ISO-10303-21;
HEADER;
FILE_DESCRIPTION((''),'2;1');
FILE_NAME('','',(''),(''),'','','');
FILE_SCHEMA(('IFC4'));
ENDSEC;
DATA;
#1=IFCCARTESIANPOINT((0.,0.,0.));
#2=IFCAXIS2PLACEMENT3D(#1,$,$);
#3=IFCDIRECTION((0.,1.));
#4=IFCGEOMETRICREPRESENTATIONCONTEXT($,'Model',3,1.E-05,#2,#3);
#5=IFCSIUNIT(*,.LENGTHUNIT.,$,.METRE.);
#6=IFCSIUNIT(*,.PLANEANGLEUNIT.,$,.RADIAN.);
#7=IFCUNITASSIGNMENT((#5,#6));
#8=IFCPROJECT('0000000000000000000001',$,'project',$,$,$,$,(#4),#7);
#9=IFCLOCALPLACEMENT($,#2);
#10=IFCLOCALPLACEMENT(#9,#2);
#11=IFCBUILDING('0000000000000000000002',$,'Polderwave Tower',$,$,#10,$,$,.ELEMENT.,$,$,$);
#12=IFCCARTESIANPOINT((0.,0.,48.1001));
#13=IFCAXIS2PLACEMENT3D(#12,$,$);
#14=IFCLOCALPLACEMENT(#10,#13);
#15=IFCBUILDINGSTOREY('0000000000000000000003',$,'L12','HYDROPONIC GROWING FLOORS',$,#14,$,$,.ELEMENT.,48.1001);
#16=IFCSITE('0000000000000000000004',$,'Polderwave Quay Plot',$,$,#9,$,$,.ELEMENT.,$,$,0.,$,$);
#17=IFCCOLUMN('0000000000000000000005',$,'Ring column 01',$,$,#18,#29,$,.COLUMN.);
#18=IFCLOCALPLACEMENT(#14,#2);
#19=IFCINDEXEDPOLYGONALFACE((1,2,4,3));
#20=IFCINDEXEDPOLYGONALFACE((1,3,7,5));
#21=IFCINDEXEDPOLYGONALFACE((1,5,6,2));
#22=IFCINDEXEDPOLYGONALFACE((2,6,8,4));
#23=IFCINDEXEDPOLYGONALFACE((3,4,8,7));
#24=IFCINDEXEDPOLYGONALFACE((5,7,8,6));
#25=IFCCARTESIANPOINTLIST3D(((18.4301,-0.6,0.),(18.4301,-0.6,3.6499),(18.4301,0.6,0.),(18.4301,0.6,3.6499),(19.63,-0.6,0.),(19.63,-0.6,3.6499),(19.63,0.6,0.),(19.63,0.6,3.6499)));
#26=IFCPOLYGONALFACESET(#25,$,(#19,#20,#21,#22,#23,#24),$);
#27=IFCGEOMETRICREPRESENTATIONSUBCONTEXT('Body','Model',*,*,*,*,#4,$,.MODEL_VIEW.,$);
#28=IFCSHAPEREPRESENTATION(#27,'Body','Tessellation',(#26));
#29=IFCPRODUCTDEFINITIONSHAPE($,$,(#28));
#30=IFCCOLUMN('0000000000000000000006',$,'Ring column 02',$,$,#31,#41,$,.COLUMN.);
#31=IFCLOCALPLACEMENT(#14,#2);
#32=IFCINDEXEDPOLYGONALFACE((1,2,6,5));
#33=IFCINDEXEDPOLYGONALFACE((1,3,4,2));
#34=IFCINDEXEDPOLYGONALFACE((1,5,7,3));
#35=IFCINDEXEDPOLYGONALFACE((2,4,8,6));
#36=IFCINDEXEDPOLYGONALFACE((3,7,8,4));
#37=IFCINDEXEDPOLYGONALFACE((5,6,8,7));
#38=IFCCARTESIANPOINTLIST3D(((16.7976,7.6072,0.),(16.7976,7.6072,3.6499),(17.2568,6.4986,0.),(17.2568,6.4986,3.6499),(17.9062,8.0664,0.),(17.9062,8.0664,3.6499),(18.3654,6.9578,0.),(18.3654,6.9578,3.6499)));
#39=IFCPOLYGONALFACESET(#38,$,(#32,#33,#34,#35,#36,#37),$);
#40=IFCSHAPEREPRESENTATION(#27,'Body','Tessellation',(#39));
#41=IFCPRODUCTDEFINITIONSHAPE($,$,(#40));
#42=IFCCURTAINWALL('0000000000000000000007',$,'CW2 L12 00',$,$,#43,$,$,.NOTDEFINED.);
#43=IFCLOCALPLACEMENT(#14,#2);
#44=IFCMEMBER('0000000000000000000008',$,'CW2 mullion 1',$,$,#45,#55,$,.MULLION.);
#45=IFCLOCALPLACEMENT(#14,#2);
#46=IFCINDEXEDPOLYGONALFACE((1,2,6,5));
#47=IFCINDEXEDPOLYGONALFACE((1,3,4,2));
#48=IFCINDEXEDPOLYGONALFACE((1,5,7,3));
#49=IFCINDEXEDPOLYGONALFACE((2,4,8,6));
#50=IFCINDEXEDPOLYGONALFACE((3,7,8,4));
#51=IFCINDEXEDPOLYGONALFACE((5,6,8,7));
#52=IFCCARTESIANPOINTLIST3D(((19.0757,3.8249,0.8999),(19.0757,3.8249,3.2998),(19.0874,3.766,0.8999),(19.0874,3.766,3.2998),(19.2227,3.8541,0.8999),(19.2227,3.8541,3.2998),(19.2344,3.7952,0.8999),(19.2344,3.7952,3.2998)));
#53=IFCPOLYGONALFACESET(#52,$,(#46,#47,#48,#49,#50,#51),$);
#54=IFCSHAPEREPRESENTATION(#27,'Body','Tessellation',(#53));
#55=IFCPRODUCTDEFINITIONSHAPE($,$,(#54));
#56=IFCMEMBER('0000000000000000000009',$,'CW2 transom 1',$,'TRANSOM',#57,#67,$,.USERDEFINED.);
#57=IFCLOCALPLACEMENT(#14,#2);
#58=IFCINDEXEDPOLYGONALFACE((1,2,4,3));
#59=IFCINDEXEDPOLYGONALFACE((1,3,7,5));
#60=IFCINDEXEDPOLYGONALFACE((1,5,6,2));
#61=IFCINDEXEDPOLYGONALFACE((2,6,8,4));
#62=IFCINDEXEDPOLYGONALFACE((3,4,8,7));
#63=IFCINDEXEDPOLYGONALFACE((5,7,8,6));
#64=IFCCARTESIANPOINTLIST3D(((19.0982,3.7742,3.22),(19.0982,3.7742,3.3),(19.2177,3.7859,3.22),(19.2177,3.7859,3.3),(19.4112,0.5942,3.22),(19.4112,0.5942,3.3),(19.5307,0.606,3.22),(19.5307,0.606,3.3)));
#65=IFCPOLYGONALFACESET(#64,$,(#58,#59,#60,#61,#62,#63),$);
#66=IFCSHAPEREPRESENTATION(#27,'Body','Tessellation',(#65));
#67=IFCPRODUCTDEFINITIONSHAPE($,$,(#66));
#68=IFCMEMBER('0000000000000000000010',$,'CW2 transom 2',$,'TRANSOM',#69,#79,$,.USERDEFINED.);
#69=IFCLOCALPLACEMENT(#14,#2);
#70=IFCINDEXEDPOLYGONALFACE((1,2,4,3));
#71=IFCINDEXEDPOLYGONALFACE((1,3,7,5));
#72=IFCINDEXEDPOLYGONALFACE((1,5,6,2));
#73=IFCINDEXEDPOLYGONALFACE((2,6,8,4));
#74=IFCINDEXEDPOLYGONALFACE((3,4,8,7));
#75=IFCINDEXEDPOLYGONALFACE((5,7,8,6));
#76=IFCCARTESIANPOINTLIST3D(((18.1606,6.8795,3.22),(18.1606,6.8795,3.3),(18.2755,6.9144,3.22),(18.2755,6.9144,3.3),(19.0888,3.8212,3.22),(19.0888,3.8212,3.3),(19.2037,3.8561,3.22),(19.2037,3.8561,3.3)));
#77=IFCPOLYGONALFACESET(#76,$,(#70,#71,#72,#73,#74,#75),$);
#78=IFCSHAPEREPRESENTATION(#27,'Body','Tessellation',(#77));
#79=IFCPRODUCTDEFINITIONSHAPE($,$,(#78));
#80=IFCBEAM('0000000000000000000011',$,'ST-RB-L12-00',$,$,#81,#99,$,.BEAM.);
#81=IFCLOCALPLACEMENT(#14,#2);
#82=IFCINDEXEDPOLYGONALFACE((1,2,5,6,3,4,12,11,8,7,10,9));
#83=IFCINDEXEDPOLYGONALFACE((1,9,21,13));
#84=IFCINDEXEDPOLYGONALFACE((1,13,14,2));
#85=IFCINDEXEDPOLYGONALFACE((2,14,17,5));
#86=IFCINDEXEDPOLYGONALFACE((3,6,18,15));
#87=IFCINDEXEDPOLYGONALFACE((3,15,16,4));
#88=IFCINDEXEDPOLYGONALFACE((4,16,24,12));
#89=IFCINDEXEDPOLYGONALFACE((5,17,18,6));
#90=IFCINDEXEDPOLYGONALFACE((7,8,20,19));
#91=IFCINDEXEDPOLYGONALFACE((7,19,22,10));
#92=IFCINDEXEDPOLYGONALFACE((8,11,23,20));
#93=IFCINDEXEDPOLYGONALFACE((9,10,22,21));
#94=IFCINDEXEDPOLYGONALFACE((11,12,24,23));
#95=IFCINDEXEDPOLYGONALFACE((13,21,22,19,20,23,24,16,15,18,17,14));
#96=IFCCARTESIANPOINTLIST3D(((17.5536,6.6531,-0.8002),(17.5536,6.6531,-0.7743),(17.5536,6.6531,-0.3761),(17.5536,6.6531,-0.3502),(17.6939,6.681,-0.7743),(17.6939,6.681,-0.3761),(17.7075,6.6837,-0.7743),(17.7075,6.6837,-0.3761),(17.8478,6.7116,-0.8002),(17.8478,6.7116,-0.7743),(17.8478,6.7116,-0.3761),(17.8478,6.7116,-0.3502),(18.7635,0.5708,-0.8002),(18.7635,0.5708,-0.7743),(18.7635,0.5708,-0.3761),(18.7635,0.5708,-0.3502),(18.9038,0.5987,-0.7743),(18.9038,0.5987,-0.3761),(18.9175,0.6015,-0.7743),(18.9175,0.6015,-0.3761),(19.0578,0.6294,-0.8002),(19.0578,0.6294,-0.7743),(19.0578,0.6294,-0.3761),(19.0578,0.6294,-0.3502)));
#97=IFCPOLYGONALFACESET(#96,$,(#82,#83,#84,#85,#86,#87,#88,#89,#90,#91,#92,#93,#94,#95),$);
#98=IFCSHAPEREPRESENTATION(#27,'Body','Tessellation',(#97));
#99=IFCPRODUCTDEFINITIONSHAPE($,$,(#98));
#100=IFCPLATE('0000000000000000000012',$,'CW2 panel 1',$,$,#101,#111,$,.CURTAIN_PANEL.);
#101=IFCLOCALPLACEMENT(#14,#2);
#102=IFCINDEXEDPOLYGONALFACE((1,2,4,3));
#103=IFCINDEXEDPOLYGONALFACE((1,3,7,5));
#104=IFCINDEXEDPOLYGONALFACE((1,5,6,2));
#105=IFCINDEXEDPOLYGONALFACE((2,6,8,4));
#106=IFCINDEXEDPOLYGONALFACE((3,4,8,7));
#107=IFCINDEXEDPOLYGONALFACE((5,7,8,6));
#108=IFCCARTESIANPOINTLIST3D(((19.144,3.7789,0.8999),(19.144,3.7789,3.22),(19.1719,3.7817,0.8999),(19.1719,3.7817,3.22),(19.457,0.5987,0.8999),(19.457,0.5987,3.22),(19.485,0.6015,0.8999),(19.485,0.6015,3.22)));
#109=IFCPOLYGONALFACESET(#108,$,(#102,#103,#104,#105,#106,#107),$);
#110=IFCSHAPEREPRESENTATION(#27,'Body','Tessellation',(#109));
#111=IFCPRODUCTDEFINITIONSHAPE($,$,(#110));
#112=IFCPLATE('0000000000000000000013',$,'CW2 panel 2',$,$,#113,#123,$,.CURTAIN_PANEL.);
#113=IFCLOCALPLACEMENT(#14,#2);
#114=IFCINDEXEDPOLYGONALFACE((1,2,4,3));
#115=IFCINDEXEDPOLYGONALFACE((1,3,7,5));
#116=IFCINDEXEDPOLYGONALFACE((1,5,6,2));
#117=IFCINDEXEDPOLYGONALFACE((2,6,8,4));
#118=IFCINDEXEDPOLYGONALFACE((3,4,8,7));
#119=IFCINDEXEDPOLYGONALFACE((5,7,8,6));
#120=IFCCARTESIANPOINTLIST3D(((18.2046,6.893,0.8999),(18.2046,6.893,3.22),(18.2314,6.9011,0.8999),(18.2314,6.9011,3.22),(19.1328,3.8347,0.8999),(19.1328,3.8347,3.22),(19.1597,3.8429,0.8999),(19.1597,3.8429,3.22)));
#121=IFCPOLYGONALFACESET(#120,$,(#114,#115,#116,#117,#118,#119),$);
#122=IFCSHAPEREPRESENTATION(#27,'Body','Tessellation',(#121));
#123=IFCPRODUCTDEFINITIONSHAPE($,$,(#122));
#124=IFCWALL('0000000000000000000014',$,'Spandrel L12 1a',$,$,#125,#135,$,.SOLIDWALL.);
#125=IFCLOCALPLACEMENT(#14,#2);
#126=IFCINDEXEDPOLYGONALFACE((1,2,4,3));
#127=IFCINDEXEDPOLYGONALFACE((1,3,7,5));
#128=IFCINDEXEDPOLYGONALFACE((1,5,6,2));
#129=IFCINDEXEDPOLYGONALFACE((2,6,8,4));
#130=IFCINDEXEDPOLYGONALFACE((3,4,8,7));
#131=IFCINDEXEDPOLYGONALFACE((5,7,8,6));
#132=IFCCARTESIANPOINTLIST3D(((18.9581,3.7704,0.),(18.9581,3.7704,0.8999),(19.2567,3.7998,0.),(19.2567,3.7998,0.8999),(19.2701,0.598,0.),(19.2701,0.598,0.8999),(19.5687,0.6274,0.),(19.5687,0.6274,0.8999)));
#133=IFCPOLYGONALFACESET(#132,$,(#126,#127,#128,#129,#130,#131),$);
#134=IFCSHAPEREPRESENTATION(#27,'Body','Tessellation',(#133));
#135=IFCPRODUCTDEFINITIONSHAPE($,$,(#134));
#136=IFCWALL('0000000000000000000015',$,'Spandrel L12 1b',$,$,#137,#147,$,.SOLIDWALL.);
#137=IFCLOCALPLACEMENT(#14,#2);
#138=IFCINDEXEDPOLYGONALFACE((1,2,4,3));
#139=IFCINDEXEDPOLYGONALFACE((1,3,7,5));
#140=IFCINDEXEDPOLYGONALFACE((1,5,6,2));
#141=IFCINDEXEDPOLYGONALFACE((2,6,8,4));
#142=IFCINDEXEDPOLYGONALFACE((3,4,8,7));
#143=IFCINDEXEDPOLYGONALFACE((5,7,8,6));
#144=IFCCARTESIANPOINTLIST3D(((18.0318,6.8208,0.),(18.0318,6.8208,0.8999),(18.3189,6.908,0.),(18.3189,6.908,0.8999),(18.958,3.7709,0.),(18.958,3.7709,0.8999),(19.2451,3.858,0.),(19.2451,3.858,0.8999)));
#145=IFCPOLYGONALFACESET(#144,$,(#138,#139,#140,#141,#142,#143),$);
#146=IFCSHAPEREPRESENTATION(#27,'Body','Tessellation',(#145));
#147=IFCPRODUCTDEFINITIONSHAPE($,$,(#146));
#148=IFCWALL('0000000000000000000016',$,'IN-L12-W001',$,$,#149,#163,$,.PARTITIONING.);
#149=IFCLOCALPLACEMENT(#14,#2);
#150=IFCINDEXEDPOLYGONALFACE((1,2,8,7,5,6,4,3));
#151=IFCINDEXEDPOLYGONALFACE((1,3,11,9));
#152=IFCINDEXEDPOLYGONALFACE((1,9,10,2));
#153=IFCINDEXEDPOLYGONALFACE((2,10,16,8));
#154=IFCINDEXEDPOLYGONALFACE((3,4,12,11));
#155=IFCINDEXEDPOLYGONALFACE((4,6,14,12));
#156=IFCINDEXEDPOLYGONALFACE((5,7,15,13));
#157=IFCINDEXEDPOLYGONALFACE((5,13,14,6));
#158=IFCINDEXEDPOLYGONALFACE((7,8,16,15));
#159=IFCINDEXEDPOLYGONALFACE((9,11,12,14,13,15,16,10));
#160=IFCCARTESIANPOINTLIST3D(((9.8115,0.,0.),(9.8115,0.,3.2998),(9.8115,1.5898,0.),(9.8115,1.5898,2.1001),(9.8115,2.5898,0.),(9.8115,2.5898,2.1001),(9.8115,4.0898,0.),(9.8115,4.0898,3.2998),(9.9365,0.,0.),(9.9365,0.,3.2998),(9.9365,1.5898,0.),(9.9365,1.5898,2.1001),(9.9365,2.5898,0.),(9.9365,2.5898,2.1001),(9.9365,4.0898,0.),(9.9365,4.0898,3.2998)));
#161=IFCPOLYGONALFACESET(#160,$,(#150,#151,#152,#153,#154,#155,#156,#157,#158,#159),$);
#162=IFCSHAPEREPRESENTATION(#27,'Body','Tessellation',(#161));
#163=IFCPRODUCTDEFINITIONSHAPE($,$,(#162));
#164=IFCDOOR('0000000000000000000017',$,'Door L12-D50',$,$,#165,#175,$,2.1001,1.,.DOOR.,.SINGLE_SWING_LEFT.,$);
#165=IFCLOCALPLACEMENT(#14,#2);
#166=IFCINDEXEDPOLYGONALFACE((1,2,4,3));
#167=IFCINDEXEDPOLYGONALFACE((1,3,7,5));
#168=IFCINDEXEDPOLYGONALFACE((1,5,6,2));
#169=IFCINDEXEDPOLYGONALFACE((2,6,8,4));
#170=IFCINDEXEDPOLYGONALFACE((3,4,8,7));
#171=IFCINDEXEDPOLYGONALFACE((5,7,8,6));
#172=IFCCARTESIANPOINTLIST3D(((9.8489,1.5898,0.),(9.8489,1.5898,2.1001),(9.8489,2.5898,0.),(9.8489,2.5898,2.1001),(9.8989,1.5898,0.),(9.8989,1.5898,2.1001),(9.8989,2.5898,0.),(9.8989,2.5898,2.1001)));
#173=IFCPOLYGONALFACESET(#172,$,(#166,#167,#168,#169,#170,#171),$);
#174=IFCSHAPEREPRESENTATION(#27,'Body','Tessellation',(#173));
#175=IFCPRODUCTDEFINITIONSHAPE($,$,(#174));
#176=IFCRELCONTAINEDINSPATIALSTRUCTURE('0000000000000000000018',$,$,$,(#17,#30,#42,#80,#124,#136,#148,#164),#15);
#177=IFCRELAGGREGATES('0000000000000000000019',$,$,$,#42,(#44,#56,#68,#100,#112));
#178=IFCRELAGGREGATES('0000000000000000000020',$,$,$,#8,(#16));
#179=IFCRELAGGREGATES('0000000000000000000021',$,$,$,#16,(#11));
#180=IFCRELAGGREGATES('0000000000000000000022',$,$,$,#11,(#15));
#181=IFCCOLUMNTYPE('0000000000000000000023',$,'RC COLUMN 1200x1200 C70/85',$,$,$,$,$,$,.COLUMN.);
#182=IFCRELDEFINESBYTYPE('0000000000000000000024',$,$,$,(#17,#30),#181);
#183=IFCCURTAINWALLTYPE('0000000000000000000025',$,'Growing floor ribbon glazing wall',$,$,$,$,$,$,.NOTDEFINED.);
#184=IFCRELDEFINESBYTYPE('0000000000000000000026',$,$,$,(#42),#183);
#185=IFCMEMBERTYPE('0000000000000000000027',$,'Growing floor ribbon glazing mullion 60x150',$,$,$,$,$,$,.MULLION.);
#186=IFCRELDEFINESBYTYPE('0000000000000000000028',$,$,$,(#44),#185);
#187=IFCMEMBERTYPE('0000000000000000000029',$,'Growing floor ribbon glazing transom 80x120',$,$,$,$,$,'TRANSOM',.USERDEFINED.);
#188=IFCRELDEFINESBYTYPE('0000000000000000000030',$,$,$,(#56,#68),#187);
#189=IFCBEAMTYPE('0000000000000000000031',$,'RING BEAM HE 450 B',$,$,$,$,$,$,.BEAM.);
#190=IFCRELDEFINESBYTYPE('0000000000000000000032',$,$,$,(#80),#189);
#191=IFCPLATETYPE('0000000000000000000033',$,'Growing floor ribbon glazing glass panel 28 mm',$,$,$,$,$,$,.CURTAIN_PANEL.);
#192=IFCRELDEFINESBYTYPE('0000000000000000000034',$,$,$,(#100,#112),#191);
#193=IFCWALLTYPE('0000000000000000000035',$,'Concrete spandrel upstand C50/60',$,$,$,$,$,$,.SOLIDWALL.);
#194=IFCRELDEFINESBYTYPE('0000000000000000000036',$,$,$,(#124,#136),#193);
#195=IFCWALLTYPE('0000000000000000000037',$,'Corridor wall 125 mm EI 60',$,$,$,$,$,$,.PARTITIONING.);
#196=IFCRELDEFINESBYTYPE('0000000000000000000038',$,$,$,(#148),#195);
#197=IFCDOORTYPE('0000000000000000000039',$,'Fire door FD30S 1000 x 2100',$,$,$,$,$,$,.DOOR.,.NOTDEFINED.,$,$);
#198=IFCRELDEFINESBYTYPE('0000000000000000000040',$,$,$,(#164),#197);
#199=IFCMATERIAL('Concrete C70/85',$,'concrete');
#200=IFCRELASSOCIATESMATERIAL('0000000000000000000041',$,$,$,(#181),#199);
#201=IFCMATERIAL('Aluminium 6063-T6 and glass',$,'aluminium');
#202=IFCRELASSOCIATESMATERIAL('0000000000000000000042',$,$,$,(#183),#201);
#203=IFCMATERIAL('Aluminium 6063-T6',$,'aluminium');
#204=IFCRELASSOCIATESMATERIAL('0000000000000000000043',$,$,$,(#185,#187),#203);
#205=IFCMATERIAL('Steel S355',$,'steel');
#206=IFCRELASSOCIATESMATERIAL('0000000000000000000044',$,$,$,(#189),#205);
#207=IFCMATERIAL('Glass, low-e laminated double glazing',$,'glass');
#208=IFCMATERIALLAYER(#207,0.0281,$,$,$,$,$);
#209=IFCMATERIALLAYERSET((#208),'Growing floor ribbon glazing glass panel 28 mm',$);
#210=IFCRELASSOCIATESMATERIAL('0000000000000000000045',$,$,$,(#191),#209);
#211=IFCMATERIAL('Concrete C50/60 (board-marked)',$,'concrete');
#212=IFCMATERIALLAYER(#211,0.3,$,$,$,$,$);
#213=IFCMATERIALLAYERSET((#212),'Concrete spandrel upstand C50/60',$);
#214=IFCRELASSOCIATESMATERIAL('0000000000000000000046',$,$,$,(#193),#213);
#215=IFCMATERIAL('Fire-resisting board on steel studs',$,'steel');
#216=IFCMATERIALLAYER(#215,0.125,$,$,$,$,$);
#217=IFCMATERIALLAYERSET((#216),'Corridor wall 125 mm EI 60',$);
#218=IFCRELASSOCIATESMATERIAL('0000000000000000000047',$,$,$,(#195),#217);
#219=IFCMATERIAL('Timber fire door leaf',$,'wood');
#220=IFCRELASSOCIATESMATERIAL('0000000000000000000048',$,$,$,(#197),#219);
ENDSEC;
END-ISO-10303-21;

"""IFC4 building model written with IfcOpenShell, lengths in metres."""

from ifc_helpers import new_model, si_unit, direction, frame, frame_2d, origin, origin_2d, place, context, subcontext, project, spatial, rectangle, i_section, extrude, material, layer, layer_set, material_profile, profile_set, type_object, element, fill, aggregate, save


model = new_model("IFC4")

# Units and contexts
model_context = context("Model", 3, precision=1e-05, world=origin(), true_north=direction((0.0, 1.0)))
body_context = subcontext(model_context, "Body", "Model", "MODEL_VIEW")
ifc_project = project(units=[si_unit("LENGTHUNIT", "METRE"), si_unit("PLANEANGLEUNIT", "RADIAN")], contexts=[model_context])

# Site, building, storey
site_placement = place(None, origin())
site = spatial("IfcSite", under=ifc_project, at=site_placement, Name="Polderwave Quay Plot", CompositionType="ELEMENT", RefElevation=0.0)
building_placement = place(site_placement, origin())
building = spatial("IfcBuilding", under=site, at=building_placement, Name="Polderwave Tower", CompositionType="ELEMENT")
storey_placement = place(building_placement, frame((0.0, 0.0, 48.1001)))
storey = spatial("IfcBuildingStorey", under=building, at=storey_placement, Name="L12", Description="HYDROPONIC GROWING FLOORS", CompositionType="ELEMENT", Elevation=48.1001)

# Columns
ifc_material_1 = material(Name="Concrete C70/85", Category="concrete")
ifc_material_profile_1 = material_profile(ifc_material_1, rectangle(XDim=1.2, YDim=1.2, at=origin_2d()), Name="RC 1200x1200")
ifc_profile_set_1 = profile_set([ifc_material_profile_1], Name="Concrete C70/85")
column_type = type_object("IfcColumnType", Name="RC COLUMN 1200x1200 C70/85", PredefinedType="COLUMN", material=ifc_profile_set_1)
for number, where, z_axis, x_axis, name in (
    (1, (19.03, 0.0, 0.0), (0.0, 0.0, 1.0), (1.0, 0.0, 0.0), "Ring column 01"),
    (2, (17.5815, 7.2825, 0.0), (0.0, 0.0, 1.0), (0.92388, 0.382683, 0.0), "Ring column 02"),
):
    element("IfcColumn", number, at=place(storey_placement, frame(where, z_axis=z_axis, x_axis=x_axis)), inside=storey, type_object=column_type, Name=name, PredefinedType="COLUMN", context=body_context, shape_type="SweptSolid", body=[
        extrude(rectangle(XDim=1.2, YDim=1.2, at=origin_2d()), origin(), (0.0, 0.0, 1.0), 3.6499),
    ])

# Curtain wall, members
ifc_material_2 = material(Name="Aluminium 6063-T6 and glass", Category="aluminium")
curtain_wall_type = type_object("IfcCurtainWallType", Name="Growing floor ribbon glazing wall", PredefinedType="NOTDEFINED", material=ifc_material_2)
curtain_wall_placement = place(storey_placement, origin())
curtain_wall = element("IfcCurtainWall", 3, at=curtain_wall_placement, inside=storey, type_object=curtain_wall_type, Name="CW2 L12 00", PredefinedType="NOTDEFINED")
ifc_material_3 = material(Name="Aluminium 6063-T6", Category="aluminium")
ifc_material_profile_2 = material_profile(ifc_material_3, rectangle(XDim=0.1499, YDim=0.0601, at=origin_2d()), Name="AL 60x150")
ifc_profile_set_2 = profile_set([ifc_material_profile_2], Name="Aluminium 6063-T6")
member_type_1 = type_object("IfcMemberType", Name="Growing floor ribbon glazing mullion 60x150", PredefinedType="MULLION", material=ifc_profile_set_2)
member_1_placement = place(storey_placement, frame((19.155, 3.8101, 0.8999), z_axis=(0.0, 0.0, 1.0), x_axis=(-0.980774, -0.195149, 0.0)))
member_1 = element("IfcMember", 4, at=member_1_placement, type_object=member_type_1, Name="CW2 mullion 1", PredefinedType="MULLION", context=body_context, shape_type="SweptSolid", body=[
    extrude(rectangle(XDim=0.1499, YDim=0.0601, at=origin_2d()), origin(), (0.0, 0.0, 1.0), 2.3999),
])
ifc_material_profile_3 = material_profile(ifc_material_3, rectangle(XDim=0.1201, YDim=0.0801, at=origin_2d()), Name="AL 80x120")
ifc_profile_set_3 = profile_set([ifc_material_profile_3], Name="Aluminium 6063-T6")
member_type_2 = type_object("IfcMemberType", Name="Growing floor ribbon glazing transom 80x120", ElementType="TRANSOM", PredefinedType="USERDEFINED", material=ifc_profile_set_3)
member_2_placement = place(storey_placement, frame((19.4709, 0.6001, 3.26), z_axis=(-0.097953, 0.995191, 0.0), x_axis=(-0.995191, -0.097953, 0.0)))
member_2 = element("IfcMember", 5, at=member_2_placement, type_object=member_type_2, Name="CW2 transom 1", ObjectType="TRANSOM", PredefinedType="USERDEFINED", context=body_context, shape_type="SweptSolid", body=[
    extrude(rectangle(XDim=0.1201, YDim=0.0801, at=origin_2d()), origin(), (0.0, 0.0, 1.0), 3.1953),
])
member_3_placement = place(storey_placement, frame((19.1462, 3.8386, 3.26), z_axis=(-0.290423, 0.956898, 0.0), x_axis=(-0.956898, -0.290423, 0.0)))
member_3 = element("IfcMember", 6, at=member_3_placement, type_object=member_type_2, Name="CW2 transom 2", ObjectType="TRANSOM", PredefinedType="USERDEFINED", context=body_context, shape_type="SweptSolid", body=[
    extrude(rectangle(XDim=0.1201, YDim=0.0801, at=origin_2d()), origin(), (0.0, 0.0, 1.0), 3.196),
])

# Beam
ifc_material_4 = material(Name="Steel S355", Category="steel")
ifc_material_profile_4 = material_profile(ifc_material_4, i_section(OverallWidth=0.3, OverallDepth=0.45, WebThickness=0.0139, FlangeThickness=0.0259, at=origin_2d()), Name="HE 450 B")
ifc_profile_set_4 = profile_set([ifc_material_profile_4], Name="Steel S355")
beam_type = type_object("IfcBeamType", Name="RING BEAM HE 450 B", PredefinedType="BEAM", material=ifc_profile_set_4)
beam_placement = place(storey_placement, frame((18.9106, 0.6001, -0.5752), z_axis=(-0.195109, 0.980782, 0.0), x_axis=(-0.980782, -0.195109, 0.0)))
element("IfcBeam", 7, at=beam_placement, inside=storey, type_object=beam_type, Name="ST-RB-L12-00", PredefinedType="BEAM", context=body_context, shape_type="SweptSolid", body=[
    extrude(i_section(OverallWidth=0.3, OverallDepth=0.45, WebThickness=0.0139, FlangeThickness=0.0259, at=origin_2d()), origin(), (0.0, 0.0, 1.0), 6.2014),
])

# Plates
ifc_material_5 = material(Name="Glass, low-e laminated double glazing", Category="glass")
ifc_layer_1 = layer(ifc_material_5, 0.0281)
ifc_layer_set_1 = layer_set([ifc_layer_1], Name="Growing floor ribbon glazing glass panel 28 mm")
plate_type = type_object("IfcPlateType", Name="Growing floor ribbon glazing glass panel 28 mm", PredefinedType="CURTAIN_PANEL", material=ifc_layer_set_1)
plate_1_placement = place(storey_placement, frame((19.3145, 2.1902, 0.8999), z_axis=(0.0, 0.0, 1.0), x_axis=(-0.097969, 0.99519, 0.0)))
plate_1 = element("IfcPlate", 8, at=plate_1_placement, type_object=plate_type, Name="CW2 panel 1", PredefinedType="CURTAIN_PANEL", context=body_context, shape_type="SweptSolid", body=[
    extrude(rectangle(XDim=3.1956, YDim=0.0281, at=origin_2d()), origin(), (0.0, 0.0, 1.0), 2.3201),
])
plate_2_placement = place(storey_placement, frame((18.6821, 5.3679, 0.8999), z_axis=(0.0, 0.0, 1.0), x_axis=(-0.290447, 0.956891, 0.0)))
plate_2 = element("IfcPlate", 9, at=plate_2_placement, type_object=plate_type, Name="CW2 panel 2", PredefinedType="CURTAIN_PANEL", context=body_context, shape_type="SweptSolid", body=[
    extrude(rectangle(XDim=3.196, YDim=0.0281, at=origin_2d()), origin(), (0.0, 0.0, 1.0), 2.3201),
])
aggregate(curtain_wall, [member_1, member_2, member_3, plate_1, plate_2])

# Walls
ifc_material_6 = material(Name="Concrete C50/60 (board-marked)", Category="concrete")
ifc_layer_2 = layer(ifc_material_6, 0.3)
ifc_layer_set_2 = layer_set([ifc_layer_2], Name="Concrete spandrel upstand C50/60")
wall_type_1 = type_object("IfcWallType", Name="Concrete spandrel upstand C50/60", PredefinedType="SOLIDWALL", material=ifc_layer_set_2)
wall_1_placement = place(storey_placement, frame((19.4194, 0.6128, 0.0), z_axis=(0.0, 0.0, 1.0), x_axis=(-0.097881, 0.995198, 0.0)))
element("IfcWall", 10, at=wall_1_placement, inside=storey, type_object=wall_type_1, Name="Spandrel L12 1a", PredefinedType="SOLIDWALL", context=body_context, shape_type="SweptSolid", body=[
    extrude(rectangle(XDim=3.1877, YDim=0.3, at=frame_2d((1.5938, 0.0))), origin(), (0.0, 0.0, 1.0), 0.8999),
])
wall_2_placement = place(storey_placement, frame((19.1016, 3.8145, 0.0), z_axis=(0.0, 0.0, 1.0), x_axis=(-0.290586, 0.956849, 0.0)))
element("IfcWall", 11, at=wall_2_placement, inside=storey, type_object=wall_type_1, Name="Spandrel L12 1b", PredefinedType="SOLIDWALL", context=body_context, shape_type="SweptSolid", body=[
    extrude(rectangle(XDim=3.1875, YDim=0.3, at=frame_2d((1.5938, 0.0))), origin(), (0.0, 0.0, 1.0), 0.8999),
])

# Wall, opening, door
ifc_material_7 = material(Name="Fire-resisting board on steel studs", Category="steel")
ifc_layer_3 = layer(ifc_material_7, 0.125)
ifc_layer_set_3 = layer_set([ifc_layer_3], Name="Corridor wall 125 mm EI 60")
wall_type_2 = type_object("IfcWallType", Name="Corridor wall 125 mm EI 60", PredefinedType="PARTITIONING", material=ifc_layer_set_3)
wall_3_placement = place(storey_placement, frame((9.874, 4.0898, 0.0), z_axis=(0.0, 0.0, 1.0), x_axis=(0.0, -1.0, 0.0)))
wall_3 = element("IfcWall", 12, at=wall_3_placement, inside=storey, type_object=wall_type_2, Name="IN-L12-W001", PredefinedType="PARTITIONING", context=body_context, shape_type="SweptSolid", body=[
    extrude(rectangle(XDim=4.0898, YDim=0.125, at=frame_2d((2.0449, 0.0))), origin(), (0.0, 0.0, 1.0), 3.2998),
])
opening_1_placement = place(wall_3_placement, frame((1.5, 0.0, 0.0)))
opening_1 = element("IfcOpeningElement", 13, at=opening_1_placement, cuts=wall_3, PredefinedType="OPENING", context=body_context, shape_type="SweptSolid", body=[
    extrude(rectangle(XDim=1.0, YDim=2.1001, at=frame_2d((0.5, 1.05))), frame((0.0, 0.0725, 0.0), z_axis=(0.0, -1.0, 0.0), x_axis=(1.0, 0.0, 0.0)), (0.0, 0.0, 1.0), 0.145),
])
ifc_material_8 = material(Name="Timber fire door leaf", Category="wood")
door_type_1 = type_object("IfcDoorType", Name="Fire door FD30S 1000 x 2100", OperationType="NOTDEFINED", PredefinedType="DOOR", material=ifc_material_8)
door_1_placement = place(opening_1_placement, origin())
door_1 = element("IfcDoor", 14, at=door_1_placement, inside=storey, type_object=door_type_1, Name="Door L12-D50", OperationType="SINGLE_SWING_LEFT", OverallHeight=2.1001, OverallWidth=1.0, PredefinedType="DOOR", context=body_context, shape_type="SweptSolid", body=[
    extrude(rectangle(XDim=1.0, YDim=2.1001, at=frame_2d((0.5, 1.05))), frame((0.0, 0.0249, 0.0), z_axis=(0.0, -1.0, 0.0), x_axis=(1.0, 0.0, 0.0)), (0.0, 0.0, 1.0), 0.05),
])
fill(opening_1, door_1)

save(model, "model.ifc")
